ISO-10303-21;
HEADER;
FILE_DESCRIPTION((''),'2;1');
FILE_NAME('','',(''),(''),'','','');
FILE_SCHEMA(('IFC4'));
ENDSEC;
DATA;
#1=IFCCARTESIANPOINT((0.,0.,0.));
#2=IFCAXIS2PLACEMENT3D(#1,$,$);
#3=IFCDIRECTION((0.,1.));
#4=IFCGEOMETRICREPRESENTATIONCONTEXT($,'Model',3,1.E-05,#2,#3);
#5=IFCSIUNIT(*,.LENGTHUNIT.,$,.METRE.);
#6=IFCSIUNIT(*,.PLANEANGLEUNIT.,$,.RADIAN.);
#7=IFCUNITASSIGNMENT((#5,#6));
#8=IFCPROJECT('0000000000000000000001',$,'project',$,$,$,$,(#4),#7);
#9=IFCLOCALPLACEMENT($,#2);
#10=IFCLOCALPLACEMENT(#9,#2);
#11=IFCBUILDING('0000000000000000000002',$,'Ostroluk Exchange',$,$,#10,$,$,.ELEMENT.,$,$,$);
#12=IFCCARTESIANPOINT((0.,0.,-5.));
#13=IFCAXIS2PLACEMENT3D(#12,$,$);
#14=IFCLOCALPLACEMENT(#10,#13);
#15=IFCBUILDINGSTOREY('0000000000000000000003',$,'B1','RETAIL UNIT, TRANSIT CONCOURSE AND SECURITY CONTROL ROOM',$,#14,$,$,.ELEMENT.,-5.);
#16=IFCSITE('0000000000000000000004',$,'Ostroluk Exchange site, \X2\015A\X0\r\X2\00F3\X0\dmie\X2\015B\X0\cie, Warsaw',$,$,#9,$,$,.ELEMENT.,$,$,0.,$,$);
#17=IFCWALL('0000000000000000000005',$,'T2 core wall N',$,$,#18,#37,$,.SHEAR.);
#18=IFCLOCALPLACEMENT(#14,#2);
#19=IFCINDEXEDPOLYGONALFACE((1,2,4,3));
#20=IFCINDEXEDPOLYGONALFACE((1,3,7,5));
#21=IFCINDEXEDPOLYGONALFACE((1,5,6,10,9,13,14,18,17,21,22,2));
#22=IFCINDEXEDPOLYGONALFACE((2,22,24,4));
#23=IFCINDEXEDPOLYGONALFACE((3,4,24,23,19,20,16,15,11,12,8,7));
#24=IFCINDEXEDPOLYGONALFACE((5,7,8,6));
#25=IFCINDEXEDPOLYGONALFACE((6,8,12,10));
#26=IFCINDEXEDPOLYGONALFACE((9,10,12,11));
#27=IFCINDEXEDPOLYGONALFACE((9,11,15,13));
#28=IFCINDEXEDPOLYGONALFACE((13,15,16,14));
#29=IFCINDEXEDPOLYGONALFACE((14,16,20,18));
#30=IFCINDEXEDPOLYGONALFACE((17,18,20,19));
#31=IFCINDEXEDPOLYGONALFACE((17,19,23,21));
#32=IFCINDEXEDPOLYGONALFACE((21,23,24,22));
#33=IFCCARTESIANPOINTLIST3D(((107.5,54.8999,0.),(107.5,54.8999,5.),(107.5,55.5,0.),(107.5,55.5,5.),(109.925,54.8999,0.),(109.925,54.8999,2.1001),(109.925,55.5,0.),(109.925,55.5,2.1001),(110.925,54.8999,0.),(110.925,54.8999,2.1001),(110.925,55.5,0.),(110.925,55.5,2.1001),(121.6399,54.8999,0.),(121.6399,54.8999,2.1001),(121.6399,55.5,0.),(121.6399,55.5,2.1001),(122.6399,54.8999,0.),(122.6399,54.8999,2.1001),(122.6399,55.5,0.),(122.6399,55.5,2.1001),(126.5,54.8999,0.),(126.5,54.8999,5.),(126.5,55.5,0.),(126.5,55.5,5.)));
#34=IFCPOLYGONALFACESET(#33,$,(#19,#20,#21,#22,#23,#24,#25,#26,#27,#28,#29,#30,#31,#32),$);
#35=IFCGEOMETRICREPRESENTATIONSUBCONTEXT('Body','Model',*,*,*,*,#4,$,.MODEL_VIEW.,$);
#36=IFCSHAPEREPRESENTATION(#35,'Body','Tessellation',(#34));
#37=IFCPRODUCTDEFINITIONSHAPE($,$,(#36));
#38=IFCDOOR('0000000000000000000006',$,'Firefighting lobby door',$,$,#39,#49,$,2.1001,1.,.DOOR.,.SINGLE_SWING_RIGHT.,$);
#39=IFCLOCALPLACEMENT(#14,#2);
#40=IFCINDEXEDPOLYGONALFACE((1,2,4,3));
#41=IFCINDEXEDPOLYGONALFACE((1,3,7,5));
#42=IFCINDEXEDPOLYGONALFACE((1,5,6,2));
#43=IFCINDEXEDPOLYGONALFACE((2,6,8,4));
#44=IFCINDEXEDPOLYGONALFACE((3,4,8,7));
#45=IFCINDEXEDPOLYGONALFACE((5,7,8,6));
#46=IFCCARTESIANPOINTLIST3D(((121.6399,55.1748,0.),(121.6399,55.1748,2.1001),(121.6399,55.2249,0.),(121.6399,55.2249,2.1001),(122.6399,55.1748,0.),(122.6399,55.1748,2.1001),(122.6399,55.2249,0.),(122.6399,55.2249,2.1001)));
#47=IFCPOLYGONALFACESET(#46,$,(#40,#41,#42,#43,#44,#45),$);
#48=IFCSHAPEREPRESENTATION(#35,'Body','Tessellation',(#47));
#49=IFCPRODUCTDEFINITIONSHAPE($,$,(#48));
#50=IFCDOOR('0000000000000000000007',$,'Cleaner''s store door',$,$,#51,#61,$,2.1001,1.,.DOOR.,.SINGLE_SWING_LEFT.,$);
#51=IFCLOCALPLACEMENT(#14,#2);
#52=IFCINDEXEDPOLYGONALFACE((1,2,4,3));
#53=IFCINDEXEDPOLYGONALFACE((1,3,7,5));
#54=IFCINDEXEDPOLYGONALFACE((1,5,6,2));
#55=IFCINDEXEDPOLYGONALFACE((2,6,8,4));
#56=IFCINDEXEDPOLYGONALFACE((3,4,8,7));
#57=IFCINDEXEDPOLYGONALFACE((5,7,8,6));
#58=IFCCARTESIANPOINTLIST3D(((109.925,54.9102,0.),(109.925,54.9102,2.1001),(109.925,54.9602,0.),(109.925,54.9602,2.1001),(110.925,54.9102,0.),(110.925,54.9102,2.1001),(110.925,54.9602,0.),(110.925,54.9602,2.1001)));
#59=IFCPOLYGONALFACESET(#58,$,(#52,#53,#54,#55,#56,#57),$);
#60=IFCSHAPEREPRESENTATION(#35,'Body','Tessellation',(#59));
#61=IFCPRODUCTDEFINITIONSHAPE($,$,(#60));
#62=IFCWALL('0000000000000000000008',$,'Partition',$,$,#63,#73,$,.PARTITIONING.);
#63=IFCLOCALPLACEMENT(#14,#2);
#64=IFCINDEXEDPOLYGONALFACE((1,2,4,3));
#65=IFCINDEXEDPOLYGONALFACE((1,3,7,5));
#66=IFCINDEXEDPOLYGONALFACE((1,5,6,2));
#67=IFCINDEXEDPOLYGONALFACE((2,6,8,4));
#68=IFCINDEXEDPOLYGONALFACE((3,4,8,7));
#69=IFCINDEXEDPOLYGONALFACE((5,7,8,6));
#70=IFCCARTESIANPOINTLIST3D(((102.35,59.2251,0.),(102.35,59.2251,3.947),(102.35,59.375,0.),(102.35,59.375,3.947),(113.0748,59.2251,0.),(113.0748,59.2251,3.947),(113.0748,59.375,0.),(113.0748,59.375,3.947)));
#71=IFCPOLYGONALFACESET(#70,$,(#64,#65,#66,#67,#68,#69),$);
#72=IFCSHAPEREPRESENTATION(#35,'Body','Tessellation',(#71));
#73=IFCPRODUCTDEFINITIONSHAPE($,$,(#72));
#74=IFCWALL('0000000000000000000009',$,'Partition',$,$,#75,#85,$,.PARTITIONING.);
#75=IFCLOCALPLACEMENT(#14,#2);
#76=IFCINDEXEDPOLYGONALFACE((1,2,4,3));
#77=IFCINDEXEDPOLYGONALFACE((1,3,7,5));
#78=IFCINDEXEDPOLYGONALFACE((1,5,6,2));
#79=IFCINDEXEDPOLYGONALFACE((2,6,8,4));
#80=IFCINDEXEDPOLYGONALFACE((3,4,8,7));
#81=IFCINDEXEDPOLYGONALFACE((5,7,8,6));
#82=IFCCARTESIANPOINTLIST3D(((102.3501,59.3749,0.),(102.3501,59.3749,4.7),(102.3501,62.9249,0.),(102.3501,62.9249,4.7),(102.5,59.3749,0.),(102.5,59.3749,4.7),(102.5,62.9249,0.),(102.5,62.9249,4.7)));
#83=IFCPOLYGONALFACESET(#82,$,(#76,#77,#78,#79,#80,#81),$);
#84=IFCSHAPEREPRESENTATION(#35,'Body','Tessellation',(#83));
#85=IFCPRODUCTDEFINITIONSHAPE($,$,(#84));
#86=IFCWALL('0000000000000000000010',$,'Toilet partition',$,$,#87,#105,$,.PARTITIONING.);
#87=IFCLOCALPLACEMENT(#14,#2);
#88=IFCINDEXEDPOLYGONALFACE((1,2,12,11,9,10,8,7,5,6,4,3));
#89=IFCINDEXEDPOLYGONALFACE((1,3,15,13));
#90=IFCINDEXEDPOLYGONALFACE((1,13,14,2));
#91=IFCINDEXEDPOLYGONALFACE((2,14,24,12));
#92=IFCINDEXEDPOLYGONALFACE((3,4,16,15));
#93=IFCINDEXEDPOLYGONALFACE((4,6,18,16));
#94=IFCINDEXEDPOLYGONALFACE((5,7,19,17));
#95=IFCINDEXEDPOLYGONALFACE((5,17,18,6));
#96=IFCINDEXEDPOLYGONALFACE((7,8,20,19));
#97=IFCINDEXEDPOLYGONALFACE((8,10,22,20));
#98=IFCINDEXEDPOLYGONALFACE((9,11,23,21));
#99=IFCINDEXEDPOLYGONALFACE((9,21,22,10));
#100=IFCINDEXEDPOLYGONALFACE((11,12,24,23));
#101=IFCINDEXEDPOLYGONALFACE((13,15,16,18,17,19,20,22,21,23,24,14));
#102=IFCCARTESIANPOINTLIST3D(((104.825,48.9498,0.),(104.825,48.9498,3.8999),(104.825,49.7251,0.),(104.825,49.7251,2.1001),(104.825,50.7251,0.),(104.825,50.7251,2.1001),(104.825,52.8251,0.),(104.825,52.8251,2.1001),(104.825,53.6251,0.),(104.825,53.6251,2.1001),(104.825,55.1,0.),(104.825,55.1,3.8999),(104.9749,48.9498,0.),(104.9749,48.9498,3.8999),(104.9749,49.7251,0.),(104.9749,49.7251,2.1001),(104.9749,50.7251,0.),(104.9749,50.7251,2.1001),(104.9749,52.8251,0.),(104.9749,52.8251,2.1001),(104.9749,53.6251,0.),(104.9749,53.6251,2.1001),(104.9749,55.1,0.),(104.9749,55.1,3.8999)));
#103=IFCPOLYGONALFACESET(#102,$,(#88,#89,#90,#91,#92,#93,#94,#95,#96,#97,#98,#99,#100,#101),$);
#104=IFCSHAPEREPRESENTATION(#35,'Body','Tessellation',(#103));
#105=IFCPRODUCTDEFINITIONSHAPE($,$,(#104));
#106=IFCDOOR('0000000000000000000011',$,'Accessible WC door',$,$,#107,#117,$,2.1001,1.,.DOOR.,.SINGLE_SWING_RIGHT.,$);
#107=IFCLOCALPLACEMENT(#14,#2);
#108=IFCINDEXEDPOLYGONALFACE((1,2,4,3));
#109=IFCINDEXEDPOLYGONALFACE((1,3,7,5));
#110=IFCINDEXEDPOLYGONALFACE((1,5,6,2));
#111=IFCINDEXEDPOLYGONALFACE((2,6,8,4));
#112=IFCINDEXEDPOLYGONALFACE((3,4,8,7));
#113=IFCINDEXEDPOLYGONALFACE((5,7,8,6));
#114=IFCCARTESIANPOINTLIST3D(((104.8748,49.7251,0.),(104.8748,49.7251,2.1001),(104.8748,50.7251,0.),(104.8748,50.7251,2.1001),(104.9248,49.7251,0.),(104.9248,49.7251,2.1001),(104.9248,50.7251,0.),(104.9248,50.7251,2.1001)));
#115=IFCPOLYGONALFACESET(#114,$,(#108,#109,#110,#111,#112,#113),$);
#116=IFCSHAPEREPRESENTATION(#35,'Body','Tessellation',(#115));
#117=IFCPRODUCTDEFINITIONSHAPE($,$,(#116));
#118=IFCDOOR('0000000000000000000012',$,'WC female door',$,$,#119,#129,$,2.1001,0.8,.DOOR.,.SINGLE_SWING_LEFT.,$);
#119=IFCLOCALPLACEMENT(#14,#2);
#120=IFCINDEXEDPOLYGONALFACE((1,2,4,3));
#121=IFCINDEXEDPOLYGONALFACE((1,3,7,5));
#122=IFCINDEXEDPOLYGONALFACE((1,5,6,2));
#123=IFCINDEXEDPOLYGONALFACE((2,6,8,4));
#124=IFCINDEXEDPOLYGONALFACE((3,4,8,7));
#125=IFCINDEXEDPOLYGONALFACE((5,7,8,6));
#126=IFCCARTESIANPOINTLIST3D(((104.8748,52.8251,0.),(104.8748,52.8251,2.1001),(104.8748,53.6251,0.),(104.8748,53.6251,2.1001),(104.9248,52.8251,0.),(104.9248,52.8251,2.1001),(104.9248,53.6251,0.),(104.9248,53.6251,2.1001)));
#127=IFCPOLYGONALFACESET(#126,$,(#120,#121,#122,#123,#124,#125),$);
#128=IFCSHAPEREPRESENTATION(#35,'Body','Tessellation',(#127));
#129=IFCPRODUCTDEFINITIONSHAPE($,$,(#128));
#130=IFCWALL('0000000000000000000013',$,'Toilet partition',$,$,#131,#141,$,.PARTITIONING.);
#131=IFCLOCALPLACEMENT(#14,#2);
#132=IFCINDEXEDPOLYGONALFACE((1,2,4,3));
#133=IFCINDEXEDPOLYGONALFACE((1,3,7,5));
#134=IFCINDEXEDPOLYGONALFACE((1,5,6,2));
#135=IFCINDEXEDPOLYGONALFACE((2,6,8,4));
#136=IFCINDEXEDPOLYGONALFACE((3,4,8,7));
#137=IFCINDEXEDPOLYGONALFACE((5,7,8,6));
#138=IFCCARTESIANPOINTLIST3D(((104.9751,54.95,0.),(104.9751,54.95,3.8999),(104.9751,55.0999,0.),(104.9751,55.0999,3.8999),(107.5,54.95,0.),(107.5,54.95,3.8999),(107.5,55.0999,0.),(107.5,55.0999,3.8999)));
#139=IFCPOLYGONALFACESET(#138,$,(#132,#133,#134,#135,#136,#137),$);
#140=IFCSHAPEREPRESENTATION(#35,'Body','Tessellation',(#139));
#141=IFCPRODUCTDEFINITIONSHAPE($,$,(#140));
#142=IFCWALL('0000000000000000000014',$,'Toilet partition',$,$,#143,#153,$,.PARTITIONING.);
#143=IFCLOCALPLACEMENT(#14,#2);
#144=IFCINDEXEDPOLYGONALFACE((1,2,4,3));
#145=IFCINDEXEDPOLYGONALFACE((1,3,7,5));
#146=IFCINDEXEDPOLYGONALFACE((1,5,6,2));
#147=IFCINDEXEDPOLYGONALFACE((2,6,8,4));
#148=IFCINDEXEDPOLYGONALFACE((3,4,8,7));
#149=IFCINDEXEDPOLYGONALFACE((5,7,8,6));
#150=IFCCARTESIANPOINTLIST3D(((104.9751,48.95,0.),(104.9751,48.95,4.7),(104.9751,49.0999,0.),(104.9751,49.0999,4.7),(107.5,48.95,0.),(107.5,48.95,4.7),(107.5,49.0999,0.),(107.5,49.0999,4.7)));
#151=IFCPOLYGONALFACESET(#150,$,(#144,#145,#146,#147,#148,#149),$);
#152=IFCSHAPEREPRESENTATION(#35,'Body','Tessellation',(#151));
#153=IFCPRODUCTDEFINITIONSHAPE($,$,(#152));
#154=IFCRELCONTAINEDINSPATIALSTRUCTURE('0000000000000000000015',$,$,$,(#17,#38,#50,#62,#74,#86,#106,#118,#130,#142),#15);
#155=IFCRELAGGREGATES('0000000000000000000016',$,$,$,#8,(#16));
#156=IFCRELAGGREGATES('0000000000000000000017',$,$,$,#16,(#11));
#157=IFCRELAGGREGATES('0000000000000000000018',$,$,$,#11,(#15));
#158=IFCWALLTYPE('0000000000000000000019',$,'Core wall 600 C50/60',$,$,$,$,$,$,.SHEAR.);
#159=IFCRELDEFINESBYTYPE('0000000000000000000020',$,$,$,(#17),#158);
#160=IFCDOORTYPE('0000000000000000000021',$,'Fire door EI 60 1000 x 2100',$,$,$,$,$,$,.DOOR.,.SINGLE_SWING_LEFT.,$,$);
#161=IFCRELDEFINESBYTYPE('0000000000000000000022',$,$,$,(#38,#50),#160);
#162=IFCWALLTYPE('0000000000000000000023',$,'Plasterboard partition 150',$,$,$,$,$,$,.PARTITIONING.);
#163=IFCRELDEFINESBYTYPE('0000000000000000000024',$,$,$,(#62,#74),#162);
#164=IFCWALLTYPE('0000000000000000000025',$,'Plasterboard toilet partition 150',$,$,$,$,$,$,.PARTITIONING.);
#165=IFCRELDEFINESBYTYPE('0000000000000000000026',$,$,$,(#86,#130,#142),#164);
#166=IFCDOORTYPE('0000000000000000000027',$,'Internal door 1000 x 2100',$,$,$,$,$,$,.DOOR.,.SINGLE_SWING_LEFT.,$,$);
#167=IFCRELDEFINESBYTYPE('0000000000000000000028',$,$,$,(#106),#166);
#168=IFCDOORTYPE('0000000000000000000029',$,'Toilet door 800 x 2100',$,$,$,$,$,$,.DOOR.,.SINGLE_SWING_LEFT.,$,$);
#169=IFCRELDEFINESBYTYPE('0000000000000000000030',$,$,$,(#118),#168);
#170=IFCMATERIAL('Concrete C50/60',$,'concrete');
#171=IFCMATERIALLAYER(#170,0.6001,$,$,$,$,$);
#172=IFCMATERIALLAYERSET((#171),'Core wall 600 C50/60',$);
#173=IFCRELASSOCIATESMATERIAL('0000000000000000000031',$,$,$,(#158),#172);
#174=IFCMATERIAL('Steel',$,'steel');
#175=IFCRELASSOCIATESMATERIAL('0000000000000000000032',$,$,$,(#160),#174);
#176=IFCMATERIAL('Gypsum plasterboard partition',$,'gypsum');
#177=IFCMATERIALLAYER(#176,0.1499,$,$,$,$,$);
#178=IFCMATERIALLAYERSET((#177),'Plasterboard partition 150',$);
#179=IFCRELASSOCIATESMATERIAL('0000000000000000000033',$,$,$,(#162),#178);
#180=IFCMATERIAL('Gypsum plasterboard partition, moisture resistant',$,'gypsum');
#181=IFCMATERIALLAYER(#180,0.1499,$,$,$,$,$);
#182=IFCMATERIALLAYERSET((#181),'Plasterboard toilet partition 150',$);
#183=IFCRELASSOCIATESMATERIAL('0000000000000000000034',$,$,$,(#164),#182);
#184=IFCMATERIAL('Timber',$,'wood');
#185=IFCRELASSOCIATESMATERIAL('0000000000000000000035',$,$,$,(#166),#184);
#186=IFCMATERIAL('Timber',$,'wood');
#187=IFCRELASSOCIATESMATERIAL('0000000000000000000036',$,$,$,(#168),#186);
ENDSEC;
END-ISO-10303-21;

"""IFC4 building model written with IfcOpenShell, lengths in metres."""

from ifc_helpers import new_model, si_unit, direction, frame, frame_2d, origin, place, context, subcontext, project, spatial, rectangle, extrude, material, layer, layer_set, type_object, element, fill, save


model = new_model("IFC4")

# Units and contexts
model_context = context("Model", 3, precision=1e-05, world=origin(), true_north=direction((0.0, 1.0)))
body_context = subcontext(model_context, "Body", "Model", "MODEL_VIEW")
ifc_project = project(units=[si_unit("LENGTHUNIT", "METRE"), si_unit("PLANEANGLEUNIT", "RADIAN")], contexts=[model_context])

# Site, building, storey
site_placement = place(None, origin())
site = spatial("IfcSite", under=ifc_project, at=site_placement, Name="Ostroluk Exchange site, Śródmieście, Warsaw", CompositionType="ELEMENT", RefElevation=0.0)
building_placement = place(site_placement, origin())
building = spatial("IfcBuilding", under=site, at=building_placement, Name="Ostroluk Exchange", CompositionType="ELEMENT")
storey_placement = place(building_placement, frame((0.0, 0.0, -5.0)))
storey = spatial("IfcBuildingStorey", under=building, at=storey_placement, Name="B1", Description="RETAIL UNIT, TRANSIT CONCOURSE AND SECURITY CONTROL ROOM", CompositionType="ELEMENT", Elevation=-5.0)

# Wall, openings, doors
ifc_material_1 = material(Name="Concrete C50/60", Category="concrete")
ifc_layer_1 = layer(ifc_material_1, 0.6001)
ifc_layer_set_1 = layer_set([ifc_layer_1], Name="Core wall 600 C50/60")
wall_type_1 = type_object("IfcWallType", Name="Core wall 600 C50/60", PredefinedType="SHEAR", material=ifc_layer_set_1)
wall_1_placement = place(storey_placement, frame((107.5, 55.2, 0.0), z_axis=(0.0, 0.0, 1.0), x_axis=(1.0, 0.0, 0.0)))
wall_1 = element("IfcWall", 1, at=wall_1_placement, inside=storey, type_object=wall_type_1, Name="T2 core wall N", PredefinedType="SHEAR", context=body_context, shape_type="SweptSolid", body=[
    extrude(rectangle(XDim=19.0, YDim=0.6001, at=frame_2d((9.5, 0.0))), origin(), (0.0, 0.0, 1.0), 5.0),
])
opening_1_placement = place(wall_1_placement, frame((14.1399, 0.0, 0.0)))
opening_1 = element("IfcOpeningElement", 2, at=opening_1_placement, cuts=wall_1, PredefinedType="OPENING", context=body_context, shape_type="SweptSolid", body=[
    extrude(rectangle(XDim=1.0, YDim=2.1001, at=frame_2d((0.5, 1.05))), frame((0.0, 0.3101, 0.0), z_axis=(0.0, -1.0, 0.0), x_axis=(1.0, 0.0, 0.0)), (0.0, 0.0, 1.0), 0.6201),
])
opening_2_placement = place(wall_1_placement, frame((2.425, 0.0, 0.0)))
opening_2 = element("IfcOpeningElement", 3, at=opening_2_placement, cuts=wall_1, PredefinedType="OPENING", context=body_context, shape_type="SweptSolid", body=[
    extrude(rectangle(XDim=1.0, YDim=2.1001, at=frame_2d((0.5, 1.05))), frame((0.0, 0.3101, 0.0), z_axis=(0.0, -1.0, 0.0), x_axis=(1.0, 0.0, 0.0)), (0.0, 0.0, 1.0), 0.6201),
])
ifc_material_2 = material(Name="Steel", Category="steel")
door_type_1 = type_object("IfcDoorType", Name="Fire door EI 60 1000 x 2100", OperationType="SINGLE_SWING_LEFT", PredefinedType="DOOR", material=ifc_material_2)
door_1_placement = place(opening_1_placement, origin())
door_1 = element("IfcDoor", 4, at=door_1_placement, inside=storey, type_object=door_type_1, Name="Firefighting lobby door", OperationType="SINGLE_SWING_RIGHT", OverallHeight=2.1001, OverallWidth=1.0, PredefinedType="DOOR", context=body_context, shape_type="SweptSolid", body=[
    extrude(rectangle(XDim=1.0, YDim=2.1001, at=frame_2d((0.5, 1.05))), frame((0.0, 0.0249, 0.0), z_axis=(0.0, -1.0, 0.0), x_axis=(1.0, 0.0, 0.0)), (0.0, 0.0, 1.0), 0.05),
])
fill(opening_1, door_1)
door_2_placement = place(opening_2_placement, origin())
door_2 = element("IfcDoor", 5, at=door_2_placement, inside=storey, type_object=door_type_1, Name="Cleaner's store door", OperationType="SINGLE_SWING_LEFT", OverallHeight=2.1001, OverallWidth=1.0, PredefinedType="DOOR", context=body_context, shape_type="SweptSolid", body=[
    extrude(rectangle(XDim=1.0, YDim=2.1001, at=frame_2d((0.5, 1.05))), frame((0.0, -0.2397, 0.0), z_axis=(0.0, -1.0, 0.0), x_axis=(1.0, 0.0, 0.0)), (0.0, 0.0, 1.0), 0.05),
])
fill(opening_2, door_2)

# Walls
ifc_material_3 = material(Name="Gypsum plasterboard partition", Category="gypsum")
ifc_layer_2 = layer(ifc_material_3, 0.1499)
ifc_layer_set_2 = layer_set([ifc_layer_2], Name="Plasterboard partition 150")
wall_type_2 = type_object("IfcWallType", Name="Plasterboard partition 150", PredefinedType="PARTITIONING", material=ifc_layer_set_2)
wall_2_placement = place(storey_placement, frame((102.3501, 59.3, 0.0), z_axis=(0.0, 0.0, 1.0), x_axis=(1.0, 0.0, 0.0)))
element("IfcWall", 6, at=wall_2_placement, inside=storey, type_object=wall_type_2, Name="Partition", PredefinedType="PARTITIONING", context=body_context, shape_type="SweptSolid", body=[
    extrude(rectangle(XDim=10.7249, YDim=0.1499, at=frame_2d((5.3623, 0.0))), origin(), (0.0, 0.0, 1.0), 3.947),
])
wall_3_placement = place(storey_placement, frame((102.425, 59.375, 0.0), z_axis=(0.0, 0.0, 1.0), x_axis=(0.0, 1.0, 0.0)))
element("IfcWall", 7, at=wall_3_placement, inside=storey, type_object=wall_type_2, Name="Partition", PredefinedType="PARTITIONING", context=body_context, shape_type="SweptSolid", body=[
    extrude(rectangle(XDim=3.55, YDim=0.1499, at=frame_2d((1.7749, 0.0))), origin(), (0.0, 0.0, 1.0), 4.7),
])

# Wall, openings, doors
ifc_material_4 = material(Name="Gypsum plasterboard partition, moisture resistant", Category="gypsum")
ifc_layer_3 = layer(ifc_material_4, 0.1499)
ifc_layer_set_3 = layer_set([ifc_layer_3], Name="Plasterboard toilet partition 150")
wall_type_3 = type_object("IfcWallType", Name="Plasterboard toilet partition 150", PredefinedType="PARTITIONING", material=ifc_layer_set_3)
wall_4_placement = place(storey_placement, frame((104.8999, 55.1001, 0.0), z_axis=(0.0, 0.0, 1.0), x_axis=(0.0, -1.0, 0.0)))
wall_4 = element("IfcWall", 8, at=wall_4_placement, inside=storey, type_object=wall_type_3, Name="Toilet partition", PredefinedType="PARTITIONING", context=body_context, shape_type="SweptSolid", body=[
    extrude(rectangle(XDim=6.1501, YDim=0.1499, at=frame_2d((3.0752, 0.0))), origin(), (0.0, 0.0, 1.0), 3.8999),
])
opening_3_placement = place(wall_4_placement, frame((1.4751, 0.0, 0.0)))
opening_3 = element("IfcOpeningElement", 9, at=opening_3_placement, cuts=wall_4, PredefinedType="OPENING", context=body_context, shape_type="SweptSolid", body=[
    extrude(rectangle(XDim=0.8, YDim=2.1001, at=frame_2d((0.3999, 1.05))), frame((0.0, 0.085, 0.0), z_axis=(0.0, -1.0, 0.0), x_axis=(1.0, 0.0, 0.0)), (0.0, 0.0, 1.0), 0.1699),
])
opening_4_placement = place(wall_4_placement, frame((4.375, 0.0, 0.0)))
opening_4 = element("IfcOpeningElement", 10, at=opening_4_placement, cuts=wall_4, PredefinedType="OPENING", context=body_context, shape_type="SweptSolid", body=[
    extrude(rectangle(XDim=1.0, YDim=2.1001, at=frame_2d((0.5, 1.05))), frame((0.0, 0.085, 0.0), z_axis=(0.0, -1.0, 0.0), x_axis=(1.0, 0.0, 0.0)), (0.0, 0.0, 1.0), 0.1699),
])
ifc_material_5 = material(Name="Timber", Category="wood")
door_type_2 = type_object("IfcDoorType", Name="Internal door 1000 x 2100", OperationType="SINGLE_SWING_LEFT", PredefinedType="DOOR", material=ifc_material_5)
door_3_placement = place(opening_4_placement, origin())
door_3 = element("IfcDoor", 11, at=door_3_placement, inside=storey, type_object=door_type_2, Name="Accessible WC door", OperationType="SINGLE_SWING_RIGHT", OverallHeight=2.1001, OverallWidth=1.0, PredefinedType="DOOR", context=body_context, shape_type="SweptSolid", body=[
    extrude(rectangle(XDim=1.0, YDim=2.1001, at=frame_2d((0.5, 1.05))), frame((0.0, 0.0249, 0.0), z_axis=(0.0, -1.0, 0.0), x_axis=(1.0, 0.0, 0.0)), (0.0, 0.0, 1.0), 0.05),
])
fill(opening_4, door_3)
ifc_material_6 = material(Name="Timber", Category="wood")
door_type_3 = type_object("IfcDoorType", Name="Toilet door 800 x 2100", OperationType="SINGLE_SWING_LEFT", PredefinedType="DOOR", material=ifc_material_6)
door_4_placement = place(opening_3_placement, origin())
door_4 = element("IfcDoor", 12, at=door_4_placement, inside=storey, type_object=door_type_3, Name="WC female door", OperationType="SINGLE_SWING_LEFT", OverallHeight=2.1001, OverallWidth=0.8, PredefinedType="DOOR", context=body_context, shape_type="SweptSolid", body=[
    extrude(rectangle(XDim=0.8, YDim=2.1001, at=frame_2d((0.3999, 1.05))), frame((0.0, 0.0249, 0.0), z_axis=(0.0, -1.0, 0.0), x_axis=(1.0, 0.0, 0.0)), (0.0, 0.0, 1.0), 0.05),
])
fill(opening_3, door_4)

# Walls
wall_5_placement = place(storey_placement, frame((104.9751, 55.0249, 0.0), z_axis=(0.0, 0.0, 1.0), x_axis=(1.0, 0.0, 0.0)))
element("IfcWall", 13, at=wall_5_placement, inside=storey, type_object=wall_type_3, Name="Toilet partition", PredefinedType="PARTITIONING", context=body_context, shape_type="SweptSolid", body=[
    extrude(rectangle(XDim=2.5249, YDim=0.1499, at=frame_2d((1.2625, 0.0))), origin(), (0.0, 0.0, 1.0), 3.8999),
])
wall_6_placement = place(storey_placement, frame((104.9751, 49.0249, 0.0), z_axis=(0.0, 0.0, 1.0), x_axis=(1.0, 0.0, 0.0)))
element("IfcWall", 14, at=wall_6_placement, inside=storey, type_object=wall_type_3, Name="Toilet partition", PredefinedType="PARTITIONING", context=body_context, shape_type="SweptSolid", body=[
    extrude(rectangle(XDim=2.5249, YDim=0.1499, at=frame_2d((1.2625, 0.0))), origin(), (0.0, 0.0, 1.0), 4.7),
])

save(model, "model.ifc")
